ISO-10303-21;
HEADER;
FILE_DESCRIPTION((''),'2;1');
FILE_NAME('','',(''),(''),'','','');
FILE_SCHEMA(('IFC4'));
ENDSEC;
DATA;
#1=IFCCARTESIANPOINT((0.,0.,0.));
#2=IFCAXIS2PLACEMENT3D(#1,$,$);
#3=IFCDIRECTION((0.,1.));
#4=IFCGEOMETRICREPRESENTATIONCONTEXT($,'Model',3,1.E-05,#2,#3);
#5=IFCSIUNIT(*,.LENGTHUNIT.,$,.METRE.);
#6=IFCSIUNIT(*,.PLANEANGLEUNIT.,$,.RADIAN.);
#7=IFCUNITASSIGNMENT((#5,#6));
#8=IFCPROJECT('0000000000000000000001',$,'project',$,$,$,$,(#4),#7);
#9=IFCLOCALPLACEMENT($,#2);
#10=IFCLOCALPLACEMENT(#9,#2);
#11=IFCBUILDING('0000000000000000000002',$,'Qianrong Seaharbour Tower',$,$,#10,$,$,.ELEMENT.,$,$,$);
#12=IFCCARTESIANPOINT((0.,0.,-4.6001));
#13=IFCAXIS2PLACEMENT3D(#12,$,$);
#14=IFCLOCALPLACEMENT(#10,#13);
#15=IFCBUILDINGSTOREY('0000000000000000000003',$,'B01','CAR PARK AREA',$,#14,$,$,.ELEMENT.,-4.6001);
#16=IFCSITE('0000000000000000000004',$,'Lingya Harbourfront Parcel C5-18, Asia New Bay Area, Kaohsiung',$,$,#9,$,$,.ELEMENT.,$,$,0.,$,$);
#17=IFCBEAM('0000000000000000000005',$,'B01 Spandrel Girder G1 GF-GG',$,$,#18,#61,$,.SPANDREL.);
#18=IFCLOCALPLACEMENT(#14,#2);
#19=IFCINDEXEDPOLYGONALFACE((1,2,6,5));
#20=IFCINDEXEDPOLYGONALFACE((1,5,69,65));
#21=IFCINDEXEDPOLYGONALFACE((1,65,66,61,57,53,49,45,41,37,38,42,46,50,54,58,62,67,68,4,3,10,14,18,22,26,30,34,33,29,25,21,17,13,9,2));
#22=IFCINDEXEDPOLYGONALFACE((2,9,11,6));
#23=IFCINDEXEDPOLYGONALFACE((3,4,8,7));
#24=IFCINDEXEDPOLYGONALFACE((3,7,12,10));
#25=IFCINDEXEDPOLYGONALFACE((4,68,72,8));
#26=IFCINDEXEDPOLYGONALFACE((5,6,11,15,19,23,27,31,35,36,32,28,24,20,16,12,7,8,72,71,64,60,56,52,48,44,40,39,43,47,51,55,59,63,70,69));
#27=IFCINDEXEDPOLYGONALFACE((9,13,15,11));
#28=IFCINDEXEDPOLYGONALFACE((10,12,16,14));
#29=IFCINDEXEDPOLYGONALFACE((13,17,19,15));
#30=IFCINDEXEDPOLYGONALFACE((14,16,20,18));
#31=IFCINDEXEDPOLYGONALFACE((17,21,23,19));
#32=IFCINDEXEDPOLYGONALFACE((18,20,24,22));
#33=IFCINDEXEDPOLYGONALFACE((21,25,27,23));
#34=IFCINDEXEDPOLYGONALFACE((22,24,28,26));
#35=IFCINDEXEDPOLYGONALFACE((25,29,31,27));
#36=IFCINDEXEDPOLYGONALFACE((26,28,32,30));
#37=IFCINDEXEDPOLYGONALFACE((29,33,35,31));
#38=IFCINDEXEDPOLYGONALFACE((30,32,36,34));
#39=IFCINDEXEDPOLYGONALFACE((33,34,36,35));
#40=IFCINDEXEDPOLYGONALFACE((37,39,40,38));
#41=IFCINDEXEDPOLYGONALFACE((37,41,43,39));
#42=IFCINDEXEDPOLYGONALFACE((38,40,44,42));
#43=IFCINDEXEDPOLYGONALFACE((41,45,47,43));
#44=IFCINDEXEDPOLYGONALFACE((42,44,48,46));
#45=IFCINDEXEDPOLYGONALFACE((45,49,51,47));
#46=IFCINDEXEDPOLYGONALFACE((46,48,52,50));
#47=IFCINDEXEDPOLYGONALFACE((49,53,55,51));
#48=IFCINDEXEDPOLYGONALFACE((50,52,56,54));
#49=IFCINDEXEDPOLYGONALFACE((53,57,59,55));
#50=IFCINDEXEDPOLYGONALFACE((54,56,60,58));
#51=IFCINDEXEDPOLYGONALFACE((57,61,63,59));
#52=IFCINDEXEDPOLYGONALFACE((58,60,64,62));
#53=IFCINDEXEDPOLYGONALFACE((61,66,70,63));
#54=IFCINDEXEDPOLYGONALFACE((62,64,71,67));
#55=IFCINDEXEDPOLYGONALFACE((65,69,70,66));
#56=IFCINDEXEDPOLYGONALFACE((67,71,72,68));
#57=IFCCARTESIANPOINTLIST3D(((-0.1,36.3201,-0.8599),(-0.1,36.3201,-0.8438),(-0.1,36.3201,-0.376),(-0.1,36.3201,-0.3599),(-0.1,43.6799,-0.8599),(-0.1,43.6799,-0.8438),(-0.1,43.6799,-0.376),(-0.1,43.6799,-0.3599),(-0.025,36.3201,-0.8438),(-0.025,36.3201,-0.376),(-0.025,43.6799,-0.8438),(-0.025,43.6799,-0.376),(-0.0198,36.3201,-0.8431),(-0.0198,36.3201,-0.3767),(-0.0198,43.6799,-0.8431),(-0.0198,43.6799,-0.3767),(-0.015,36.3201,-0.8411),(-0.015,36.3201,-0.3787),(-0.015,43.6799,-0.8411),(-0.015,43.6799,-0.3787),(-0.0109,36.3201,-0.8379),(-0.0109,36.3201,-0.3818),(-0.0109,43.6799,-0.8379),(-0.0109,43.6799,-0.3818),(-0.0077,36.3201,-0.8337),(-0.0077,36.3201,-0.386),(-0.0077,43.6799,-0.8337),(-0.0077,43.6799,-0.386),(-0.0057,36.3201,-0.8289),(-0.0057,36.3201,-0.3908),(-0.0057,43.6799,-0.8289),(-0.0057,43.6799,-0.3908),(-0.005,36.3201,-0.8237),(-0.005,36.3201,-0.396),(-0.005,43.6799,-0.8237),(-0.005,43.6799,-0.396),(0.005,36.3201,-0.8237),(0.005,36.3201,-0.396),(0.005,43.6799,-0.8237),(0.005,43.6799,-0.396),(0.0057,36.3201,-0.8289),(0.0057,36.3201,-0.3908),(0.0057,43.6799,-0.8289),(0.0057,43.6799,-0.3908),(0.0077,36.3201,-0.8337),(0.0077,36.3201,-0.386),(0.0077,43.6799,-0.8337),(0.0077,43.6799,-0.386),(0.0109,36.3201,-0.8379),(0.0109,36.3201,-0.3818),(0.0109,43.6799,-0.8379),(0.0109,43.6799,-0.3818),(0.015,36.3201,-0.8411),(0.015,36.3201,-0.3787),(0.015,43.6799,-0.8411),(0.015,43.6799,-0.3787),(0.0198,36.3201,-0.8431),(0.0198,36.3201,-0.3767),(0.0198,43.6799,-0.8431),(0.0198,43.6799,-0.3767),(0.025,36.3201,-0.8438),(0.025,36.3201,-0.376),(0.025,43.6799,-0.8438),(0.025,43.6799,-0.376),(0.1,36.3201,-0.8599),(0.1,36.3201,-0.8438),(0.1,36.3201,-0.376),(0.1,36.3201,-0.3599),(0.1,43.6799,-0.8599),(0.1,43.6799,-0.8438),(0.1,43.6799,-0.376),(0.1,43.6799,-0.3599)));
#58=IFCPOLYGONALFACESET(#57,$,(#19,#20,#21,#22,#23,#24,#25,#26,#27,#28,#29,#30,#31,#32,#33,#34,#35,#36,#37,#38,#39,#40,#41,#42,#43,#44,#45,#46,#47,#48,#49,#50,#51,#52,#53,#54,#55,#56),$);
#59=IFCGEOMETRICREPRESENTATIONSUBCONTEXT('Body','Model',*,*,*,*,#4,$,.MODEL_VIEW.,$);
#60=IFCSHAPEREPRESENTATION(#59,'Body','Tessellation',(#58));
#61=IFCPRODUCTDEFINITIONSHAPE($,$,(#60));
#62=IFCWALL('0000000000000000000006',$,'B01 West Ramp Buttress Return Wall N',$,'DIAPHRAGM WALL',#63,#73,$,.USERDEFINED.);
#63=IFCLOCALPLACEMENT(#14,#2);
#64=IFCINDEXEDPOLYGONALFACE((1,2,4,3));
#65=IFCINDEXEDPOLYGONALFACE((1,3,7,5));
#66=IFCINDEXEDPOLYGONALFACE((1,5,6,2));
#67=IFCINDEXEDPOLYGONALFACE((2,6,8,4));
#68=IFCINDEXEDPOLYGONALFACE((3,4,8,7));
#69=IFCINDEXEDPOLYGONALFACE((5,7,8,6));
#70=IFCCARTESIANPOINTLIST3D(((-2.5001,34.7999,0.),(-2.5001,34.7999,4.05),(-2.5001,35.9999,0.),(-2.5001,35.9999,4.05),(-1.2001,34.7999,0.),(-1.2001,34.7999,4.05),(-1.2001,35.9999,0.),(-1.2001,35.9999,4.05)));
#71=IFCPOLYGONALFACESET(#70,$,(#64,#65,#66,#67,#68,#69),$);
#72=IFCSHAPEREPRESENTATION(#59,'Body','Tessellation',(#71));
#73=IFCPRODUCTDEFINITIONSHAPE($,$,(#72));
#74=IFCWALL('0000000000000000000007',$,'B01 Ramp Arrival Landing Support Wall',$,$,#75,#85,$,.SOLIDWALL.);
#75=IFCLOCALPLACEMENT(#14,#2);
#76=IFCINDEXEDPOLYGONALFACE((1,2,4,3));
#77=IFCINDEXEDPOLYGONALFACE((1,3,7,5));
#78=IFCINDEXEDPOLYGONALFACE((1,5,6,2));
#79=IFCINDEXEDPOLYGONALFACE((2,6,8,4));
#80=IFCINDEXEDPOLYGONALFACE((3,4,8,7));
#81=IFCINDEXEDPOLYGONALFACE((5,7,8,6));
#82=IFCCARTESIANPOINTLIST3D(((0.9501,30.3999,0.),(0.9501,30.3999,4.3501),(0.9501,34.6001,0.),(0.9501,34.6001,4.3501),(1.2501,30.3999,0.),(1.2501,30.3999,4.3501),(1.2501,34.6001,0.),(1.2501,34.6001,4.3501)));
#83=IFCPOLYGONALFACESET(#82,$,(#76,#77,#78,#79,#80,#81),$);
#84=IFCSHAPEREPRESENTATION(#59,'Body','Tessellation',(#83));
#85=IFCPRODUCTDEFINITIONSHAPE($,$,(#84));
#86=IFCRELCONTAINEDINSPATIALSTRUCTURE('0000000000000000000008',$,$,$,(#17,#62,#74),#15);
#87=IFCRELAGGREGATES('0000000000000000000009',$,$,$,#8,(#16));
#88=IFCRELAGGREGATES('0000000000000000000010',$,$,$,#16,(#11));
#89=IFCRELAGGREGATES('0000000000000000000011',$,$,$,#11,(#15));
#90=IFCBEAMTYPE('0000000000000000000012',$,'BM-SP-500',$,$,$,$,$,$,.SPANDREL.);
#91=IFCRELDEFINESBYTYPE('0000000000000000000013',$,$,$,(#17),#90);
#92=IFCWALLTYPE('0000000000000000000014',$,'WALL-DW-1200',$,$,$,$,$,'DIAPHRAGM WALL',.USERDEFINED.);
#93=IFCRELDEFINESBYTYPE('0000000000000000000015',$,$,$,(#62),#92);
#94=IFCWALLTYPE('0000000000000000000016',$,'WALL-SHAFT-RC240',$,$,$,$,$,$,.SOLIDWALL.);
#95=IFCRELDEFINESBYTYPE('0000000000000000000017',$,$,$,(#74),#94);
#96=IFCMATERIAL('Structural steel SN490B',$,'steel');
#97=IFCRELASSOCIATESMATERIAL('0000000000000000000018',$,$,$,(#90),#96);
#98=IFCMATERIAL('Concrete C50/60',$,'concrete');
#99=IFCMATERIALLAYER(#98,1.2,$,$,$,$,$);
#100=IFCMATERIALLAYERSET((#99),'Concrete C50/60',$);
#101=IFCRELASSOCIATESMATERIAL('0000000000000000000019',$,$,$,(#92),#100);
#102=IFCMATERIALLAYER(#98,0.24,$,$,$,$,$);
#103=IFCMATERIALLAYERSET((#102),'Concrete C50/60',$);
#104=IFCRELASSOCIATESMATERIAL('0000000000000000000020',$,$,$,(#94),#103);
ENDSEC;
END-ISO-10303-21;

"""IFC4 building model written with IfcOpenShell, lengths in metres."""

from ifc_helpers import new_model, si_unit, direction, frame, frame_2d, origin, origin_2d, place, context, subcontext, project, spatial, rectangle, i_section, extrude, material, layer, layer_set, material_profile, profile_set, type_object, element, save


model = new_model("IFC4")

# Units and contexts
model_context = context("Model", 3, precision=1e-05, world=origin(), true_north=direction((0.0, 1.0)))
body_context = subcontext(model_context, "Body", "Model", "MODEL_VIEW")
ifc_project = project(units=[si_unit("LENGTHUNIT", "METRE"), si_unit("PLANEANGLEUNIT", "RADIAN")], contexts=[model_context])

# Site, building, storey
site_placement = place(None, origin())
site = spatial("IfcSite", under=ifc_project, at=site_placement, Name="Lingya Harbourfront Parcel C5-18, Asia New Bay Area, Kaohsiung", CompositionType="ELEMENT", RefElevation=0.0)
building_placement = place(site_placement, origin())
building = spatial("IfcBuilding", under=site, at=building_placement, Name="Qianrong Seaharbour Tower", CompositionType="ELEMENT")
storey_placement = place(building_placement, frame((0.0, 0.0, -4.6001)))
storey = spatial("IfcBuildingStorey", under=building, at=storey_placement, Name="B01", Description="CAR PARK AREA", CompositionType="ELEMENT", Elevation=-4.6001)

# Shared definitions
ifc_material_1 = material(Name="Structural steel SN490B", Category="steel")

# Beam
ifc_material_2 = material(Name="Concrete C50/60", Category="concrete")
ifc_material_profile_1 = material_profile(ifc_material_1, i_section(OverallWidth=0.2, OverallDepth=0.5, WebThickness=0.01, FlangeThickness=0.0161, FilletRadius=0.02, at=origin_2d()), Name="H500x200x10x16")
ifc_profile_set_1 = profile_set([ifc_material_profile_1], Name="Structural steel SN490B")
beam_type_1 = type_object("IfcBeamType", Name="BM-SP-500", PredefinedType="SPANDREL", material=ifc_profile_set_1)
for number, where, z_axis, x_axis, name in (
    (1, (0.0, 36.3201, -0.6099), (0.0, 1.0, 0.0), (-1.0, 0.0, 0.0), "B01 Spandrel Girder G1 GF-GG"),
):
    element("IfcBeam", number, at=place(storey_placement, frame(where, z_axis=z_axis, x_axis=x_axis)), inside=storey, type_object=beam_type_1, Name=name, PredefinedType="SPANDREL", context=body_context, shape_type="SweptSolid", body=[
        extrude(i_section(OverallWidth=0.2, OverallDepth=0.5, WebThickness=0.01, FlangeThickness=0.0161, FilletRadius=0.02, at=origin_2d()), origin(), (0.0, 0.0, 1.0), 7.3599),
    ])

# Walls
ifc_layer_1 = layer(ifc_material_2, 1.2)
ifc_layer_set_1 = layer_set([ifc_layer_1], Name="Concrete C50/60")
wall_type_1 = type_object("IfcWallType", Name="WALL-DW-1200", ElementType="DIAPHRAGM WALL", PredefinedType="USERDEFINED", material=ifc_layer_set_1)
wall_1_placement = place(storey_placement, frame((-2.5, 35.3999, 0.0), z_axis=(0.0, 0.0, 1.0), x_axis=(1.0, 0.0, 0.0)))
element("IfcWall", 2, at=wall_1_placement, inside=storey, type_object=wall_type_1, Name="B01 West Ramp Buttress Return Wall N", ObjectType="DIAPHRAGM WALL", PredefinedType="USERDEFINED", context=body_context, shape_type="SweptSolid", body=[
    extrude(rectangle(XDim=1.3, YDim=1.2, at=frame_2d((0.6499, 0.0))), origin(), (0.0, 0.0, 1.0), 4.05),
])
ifc_layer_2 = layer(ifc_material_2, 0.24)
ifc_layer_set_2 = layer_set([ifc_layer_2], Name="Concrete C50/60")
wall_type_2 = type_object("IfcWallType", Name="WALL-SHAFT-RC240", PredefinedType="SOLIDWALL", material=ifc_layer_set_2)
wall_2_placement = place(storey_placement, frame((1.1001, 30.3999, 0.0), z_axis=(0.0, 0.0, 1.0), x_axis=(0.0, 1.0, 0.0)))
element("IfcWall", 3, at=wall_2_placement, inside=storey, type_object=wall_type_2, Name="B01 Ramp Arrival Landing Support Wall", PredefinedType="SOLIDWALL", context=body_context, shape_type="SweptSolid", body=[
    extrude(rectangle(XDim=4.2002, YDim=0.3, at=frame_2d((2.1001, 0.0))), origin(), (0.0, 0.0, 1.0), 4.3501),
])

save(model, "model.ifc")
